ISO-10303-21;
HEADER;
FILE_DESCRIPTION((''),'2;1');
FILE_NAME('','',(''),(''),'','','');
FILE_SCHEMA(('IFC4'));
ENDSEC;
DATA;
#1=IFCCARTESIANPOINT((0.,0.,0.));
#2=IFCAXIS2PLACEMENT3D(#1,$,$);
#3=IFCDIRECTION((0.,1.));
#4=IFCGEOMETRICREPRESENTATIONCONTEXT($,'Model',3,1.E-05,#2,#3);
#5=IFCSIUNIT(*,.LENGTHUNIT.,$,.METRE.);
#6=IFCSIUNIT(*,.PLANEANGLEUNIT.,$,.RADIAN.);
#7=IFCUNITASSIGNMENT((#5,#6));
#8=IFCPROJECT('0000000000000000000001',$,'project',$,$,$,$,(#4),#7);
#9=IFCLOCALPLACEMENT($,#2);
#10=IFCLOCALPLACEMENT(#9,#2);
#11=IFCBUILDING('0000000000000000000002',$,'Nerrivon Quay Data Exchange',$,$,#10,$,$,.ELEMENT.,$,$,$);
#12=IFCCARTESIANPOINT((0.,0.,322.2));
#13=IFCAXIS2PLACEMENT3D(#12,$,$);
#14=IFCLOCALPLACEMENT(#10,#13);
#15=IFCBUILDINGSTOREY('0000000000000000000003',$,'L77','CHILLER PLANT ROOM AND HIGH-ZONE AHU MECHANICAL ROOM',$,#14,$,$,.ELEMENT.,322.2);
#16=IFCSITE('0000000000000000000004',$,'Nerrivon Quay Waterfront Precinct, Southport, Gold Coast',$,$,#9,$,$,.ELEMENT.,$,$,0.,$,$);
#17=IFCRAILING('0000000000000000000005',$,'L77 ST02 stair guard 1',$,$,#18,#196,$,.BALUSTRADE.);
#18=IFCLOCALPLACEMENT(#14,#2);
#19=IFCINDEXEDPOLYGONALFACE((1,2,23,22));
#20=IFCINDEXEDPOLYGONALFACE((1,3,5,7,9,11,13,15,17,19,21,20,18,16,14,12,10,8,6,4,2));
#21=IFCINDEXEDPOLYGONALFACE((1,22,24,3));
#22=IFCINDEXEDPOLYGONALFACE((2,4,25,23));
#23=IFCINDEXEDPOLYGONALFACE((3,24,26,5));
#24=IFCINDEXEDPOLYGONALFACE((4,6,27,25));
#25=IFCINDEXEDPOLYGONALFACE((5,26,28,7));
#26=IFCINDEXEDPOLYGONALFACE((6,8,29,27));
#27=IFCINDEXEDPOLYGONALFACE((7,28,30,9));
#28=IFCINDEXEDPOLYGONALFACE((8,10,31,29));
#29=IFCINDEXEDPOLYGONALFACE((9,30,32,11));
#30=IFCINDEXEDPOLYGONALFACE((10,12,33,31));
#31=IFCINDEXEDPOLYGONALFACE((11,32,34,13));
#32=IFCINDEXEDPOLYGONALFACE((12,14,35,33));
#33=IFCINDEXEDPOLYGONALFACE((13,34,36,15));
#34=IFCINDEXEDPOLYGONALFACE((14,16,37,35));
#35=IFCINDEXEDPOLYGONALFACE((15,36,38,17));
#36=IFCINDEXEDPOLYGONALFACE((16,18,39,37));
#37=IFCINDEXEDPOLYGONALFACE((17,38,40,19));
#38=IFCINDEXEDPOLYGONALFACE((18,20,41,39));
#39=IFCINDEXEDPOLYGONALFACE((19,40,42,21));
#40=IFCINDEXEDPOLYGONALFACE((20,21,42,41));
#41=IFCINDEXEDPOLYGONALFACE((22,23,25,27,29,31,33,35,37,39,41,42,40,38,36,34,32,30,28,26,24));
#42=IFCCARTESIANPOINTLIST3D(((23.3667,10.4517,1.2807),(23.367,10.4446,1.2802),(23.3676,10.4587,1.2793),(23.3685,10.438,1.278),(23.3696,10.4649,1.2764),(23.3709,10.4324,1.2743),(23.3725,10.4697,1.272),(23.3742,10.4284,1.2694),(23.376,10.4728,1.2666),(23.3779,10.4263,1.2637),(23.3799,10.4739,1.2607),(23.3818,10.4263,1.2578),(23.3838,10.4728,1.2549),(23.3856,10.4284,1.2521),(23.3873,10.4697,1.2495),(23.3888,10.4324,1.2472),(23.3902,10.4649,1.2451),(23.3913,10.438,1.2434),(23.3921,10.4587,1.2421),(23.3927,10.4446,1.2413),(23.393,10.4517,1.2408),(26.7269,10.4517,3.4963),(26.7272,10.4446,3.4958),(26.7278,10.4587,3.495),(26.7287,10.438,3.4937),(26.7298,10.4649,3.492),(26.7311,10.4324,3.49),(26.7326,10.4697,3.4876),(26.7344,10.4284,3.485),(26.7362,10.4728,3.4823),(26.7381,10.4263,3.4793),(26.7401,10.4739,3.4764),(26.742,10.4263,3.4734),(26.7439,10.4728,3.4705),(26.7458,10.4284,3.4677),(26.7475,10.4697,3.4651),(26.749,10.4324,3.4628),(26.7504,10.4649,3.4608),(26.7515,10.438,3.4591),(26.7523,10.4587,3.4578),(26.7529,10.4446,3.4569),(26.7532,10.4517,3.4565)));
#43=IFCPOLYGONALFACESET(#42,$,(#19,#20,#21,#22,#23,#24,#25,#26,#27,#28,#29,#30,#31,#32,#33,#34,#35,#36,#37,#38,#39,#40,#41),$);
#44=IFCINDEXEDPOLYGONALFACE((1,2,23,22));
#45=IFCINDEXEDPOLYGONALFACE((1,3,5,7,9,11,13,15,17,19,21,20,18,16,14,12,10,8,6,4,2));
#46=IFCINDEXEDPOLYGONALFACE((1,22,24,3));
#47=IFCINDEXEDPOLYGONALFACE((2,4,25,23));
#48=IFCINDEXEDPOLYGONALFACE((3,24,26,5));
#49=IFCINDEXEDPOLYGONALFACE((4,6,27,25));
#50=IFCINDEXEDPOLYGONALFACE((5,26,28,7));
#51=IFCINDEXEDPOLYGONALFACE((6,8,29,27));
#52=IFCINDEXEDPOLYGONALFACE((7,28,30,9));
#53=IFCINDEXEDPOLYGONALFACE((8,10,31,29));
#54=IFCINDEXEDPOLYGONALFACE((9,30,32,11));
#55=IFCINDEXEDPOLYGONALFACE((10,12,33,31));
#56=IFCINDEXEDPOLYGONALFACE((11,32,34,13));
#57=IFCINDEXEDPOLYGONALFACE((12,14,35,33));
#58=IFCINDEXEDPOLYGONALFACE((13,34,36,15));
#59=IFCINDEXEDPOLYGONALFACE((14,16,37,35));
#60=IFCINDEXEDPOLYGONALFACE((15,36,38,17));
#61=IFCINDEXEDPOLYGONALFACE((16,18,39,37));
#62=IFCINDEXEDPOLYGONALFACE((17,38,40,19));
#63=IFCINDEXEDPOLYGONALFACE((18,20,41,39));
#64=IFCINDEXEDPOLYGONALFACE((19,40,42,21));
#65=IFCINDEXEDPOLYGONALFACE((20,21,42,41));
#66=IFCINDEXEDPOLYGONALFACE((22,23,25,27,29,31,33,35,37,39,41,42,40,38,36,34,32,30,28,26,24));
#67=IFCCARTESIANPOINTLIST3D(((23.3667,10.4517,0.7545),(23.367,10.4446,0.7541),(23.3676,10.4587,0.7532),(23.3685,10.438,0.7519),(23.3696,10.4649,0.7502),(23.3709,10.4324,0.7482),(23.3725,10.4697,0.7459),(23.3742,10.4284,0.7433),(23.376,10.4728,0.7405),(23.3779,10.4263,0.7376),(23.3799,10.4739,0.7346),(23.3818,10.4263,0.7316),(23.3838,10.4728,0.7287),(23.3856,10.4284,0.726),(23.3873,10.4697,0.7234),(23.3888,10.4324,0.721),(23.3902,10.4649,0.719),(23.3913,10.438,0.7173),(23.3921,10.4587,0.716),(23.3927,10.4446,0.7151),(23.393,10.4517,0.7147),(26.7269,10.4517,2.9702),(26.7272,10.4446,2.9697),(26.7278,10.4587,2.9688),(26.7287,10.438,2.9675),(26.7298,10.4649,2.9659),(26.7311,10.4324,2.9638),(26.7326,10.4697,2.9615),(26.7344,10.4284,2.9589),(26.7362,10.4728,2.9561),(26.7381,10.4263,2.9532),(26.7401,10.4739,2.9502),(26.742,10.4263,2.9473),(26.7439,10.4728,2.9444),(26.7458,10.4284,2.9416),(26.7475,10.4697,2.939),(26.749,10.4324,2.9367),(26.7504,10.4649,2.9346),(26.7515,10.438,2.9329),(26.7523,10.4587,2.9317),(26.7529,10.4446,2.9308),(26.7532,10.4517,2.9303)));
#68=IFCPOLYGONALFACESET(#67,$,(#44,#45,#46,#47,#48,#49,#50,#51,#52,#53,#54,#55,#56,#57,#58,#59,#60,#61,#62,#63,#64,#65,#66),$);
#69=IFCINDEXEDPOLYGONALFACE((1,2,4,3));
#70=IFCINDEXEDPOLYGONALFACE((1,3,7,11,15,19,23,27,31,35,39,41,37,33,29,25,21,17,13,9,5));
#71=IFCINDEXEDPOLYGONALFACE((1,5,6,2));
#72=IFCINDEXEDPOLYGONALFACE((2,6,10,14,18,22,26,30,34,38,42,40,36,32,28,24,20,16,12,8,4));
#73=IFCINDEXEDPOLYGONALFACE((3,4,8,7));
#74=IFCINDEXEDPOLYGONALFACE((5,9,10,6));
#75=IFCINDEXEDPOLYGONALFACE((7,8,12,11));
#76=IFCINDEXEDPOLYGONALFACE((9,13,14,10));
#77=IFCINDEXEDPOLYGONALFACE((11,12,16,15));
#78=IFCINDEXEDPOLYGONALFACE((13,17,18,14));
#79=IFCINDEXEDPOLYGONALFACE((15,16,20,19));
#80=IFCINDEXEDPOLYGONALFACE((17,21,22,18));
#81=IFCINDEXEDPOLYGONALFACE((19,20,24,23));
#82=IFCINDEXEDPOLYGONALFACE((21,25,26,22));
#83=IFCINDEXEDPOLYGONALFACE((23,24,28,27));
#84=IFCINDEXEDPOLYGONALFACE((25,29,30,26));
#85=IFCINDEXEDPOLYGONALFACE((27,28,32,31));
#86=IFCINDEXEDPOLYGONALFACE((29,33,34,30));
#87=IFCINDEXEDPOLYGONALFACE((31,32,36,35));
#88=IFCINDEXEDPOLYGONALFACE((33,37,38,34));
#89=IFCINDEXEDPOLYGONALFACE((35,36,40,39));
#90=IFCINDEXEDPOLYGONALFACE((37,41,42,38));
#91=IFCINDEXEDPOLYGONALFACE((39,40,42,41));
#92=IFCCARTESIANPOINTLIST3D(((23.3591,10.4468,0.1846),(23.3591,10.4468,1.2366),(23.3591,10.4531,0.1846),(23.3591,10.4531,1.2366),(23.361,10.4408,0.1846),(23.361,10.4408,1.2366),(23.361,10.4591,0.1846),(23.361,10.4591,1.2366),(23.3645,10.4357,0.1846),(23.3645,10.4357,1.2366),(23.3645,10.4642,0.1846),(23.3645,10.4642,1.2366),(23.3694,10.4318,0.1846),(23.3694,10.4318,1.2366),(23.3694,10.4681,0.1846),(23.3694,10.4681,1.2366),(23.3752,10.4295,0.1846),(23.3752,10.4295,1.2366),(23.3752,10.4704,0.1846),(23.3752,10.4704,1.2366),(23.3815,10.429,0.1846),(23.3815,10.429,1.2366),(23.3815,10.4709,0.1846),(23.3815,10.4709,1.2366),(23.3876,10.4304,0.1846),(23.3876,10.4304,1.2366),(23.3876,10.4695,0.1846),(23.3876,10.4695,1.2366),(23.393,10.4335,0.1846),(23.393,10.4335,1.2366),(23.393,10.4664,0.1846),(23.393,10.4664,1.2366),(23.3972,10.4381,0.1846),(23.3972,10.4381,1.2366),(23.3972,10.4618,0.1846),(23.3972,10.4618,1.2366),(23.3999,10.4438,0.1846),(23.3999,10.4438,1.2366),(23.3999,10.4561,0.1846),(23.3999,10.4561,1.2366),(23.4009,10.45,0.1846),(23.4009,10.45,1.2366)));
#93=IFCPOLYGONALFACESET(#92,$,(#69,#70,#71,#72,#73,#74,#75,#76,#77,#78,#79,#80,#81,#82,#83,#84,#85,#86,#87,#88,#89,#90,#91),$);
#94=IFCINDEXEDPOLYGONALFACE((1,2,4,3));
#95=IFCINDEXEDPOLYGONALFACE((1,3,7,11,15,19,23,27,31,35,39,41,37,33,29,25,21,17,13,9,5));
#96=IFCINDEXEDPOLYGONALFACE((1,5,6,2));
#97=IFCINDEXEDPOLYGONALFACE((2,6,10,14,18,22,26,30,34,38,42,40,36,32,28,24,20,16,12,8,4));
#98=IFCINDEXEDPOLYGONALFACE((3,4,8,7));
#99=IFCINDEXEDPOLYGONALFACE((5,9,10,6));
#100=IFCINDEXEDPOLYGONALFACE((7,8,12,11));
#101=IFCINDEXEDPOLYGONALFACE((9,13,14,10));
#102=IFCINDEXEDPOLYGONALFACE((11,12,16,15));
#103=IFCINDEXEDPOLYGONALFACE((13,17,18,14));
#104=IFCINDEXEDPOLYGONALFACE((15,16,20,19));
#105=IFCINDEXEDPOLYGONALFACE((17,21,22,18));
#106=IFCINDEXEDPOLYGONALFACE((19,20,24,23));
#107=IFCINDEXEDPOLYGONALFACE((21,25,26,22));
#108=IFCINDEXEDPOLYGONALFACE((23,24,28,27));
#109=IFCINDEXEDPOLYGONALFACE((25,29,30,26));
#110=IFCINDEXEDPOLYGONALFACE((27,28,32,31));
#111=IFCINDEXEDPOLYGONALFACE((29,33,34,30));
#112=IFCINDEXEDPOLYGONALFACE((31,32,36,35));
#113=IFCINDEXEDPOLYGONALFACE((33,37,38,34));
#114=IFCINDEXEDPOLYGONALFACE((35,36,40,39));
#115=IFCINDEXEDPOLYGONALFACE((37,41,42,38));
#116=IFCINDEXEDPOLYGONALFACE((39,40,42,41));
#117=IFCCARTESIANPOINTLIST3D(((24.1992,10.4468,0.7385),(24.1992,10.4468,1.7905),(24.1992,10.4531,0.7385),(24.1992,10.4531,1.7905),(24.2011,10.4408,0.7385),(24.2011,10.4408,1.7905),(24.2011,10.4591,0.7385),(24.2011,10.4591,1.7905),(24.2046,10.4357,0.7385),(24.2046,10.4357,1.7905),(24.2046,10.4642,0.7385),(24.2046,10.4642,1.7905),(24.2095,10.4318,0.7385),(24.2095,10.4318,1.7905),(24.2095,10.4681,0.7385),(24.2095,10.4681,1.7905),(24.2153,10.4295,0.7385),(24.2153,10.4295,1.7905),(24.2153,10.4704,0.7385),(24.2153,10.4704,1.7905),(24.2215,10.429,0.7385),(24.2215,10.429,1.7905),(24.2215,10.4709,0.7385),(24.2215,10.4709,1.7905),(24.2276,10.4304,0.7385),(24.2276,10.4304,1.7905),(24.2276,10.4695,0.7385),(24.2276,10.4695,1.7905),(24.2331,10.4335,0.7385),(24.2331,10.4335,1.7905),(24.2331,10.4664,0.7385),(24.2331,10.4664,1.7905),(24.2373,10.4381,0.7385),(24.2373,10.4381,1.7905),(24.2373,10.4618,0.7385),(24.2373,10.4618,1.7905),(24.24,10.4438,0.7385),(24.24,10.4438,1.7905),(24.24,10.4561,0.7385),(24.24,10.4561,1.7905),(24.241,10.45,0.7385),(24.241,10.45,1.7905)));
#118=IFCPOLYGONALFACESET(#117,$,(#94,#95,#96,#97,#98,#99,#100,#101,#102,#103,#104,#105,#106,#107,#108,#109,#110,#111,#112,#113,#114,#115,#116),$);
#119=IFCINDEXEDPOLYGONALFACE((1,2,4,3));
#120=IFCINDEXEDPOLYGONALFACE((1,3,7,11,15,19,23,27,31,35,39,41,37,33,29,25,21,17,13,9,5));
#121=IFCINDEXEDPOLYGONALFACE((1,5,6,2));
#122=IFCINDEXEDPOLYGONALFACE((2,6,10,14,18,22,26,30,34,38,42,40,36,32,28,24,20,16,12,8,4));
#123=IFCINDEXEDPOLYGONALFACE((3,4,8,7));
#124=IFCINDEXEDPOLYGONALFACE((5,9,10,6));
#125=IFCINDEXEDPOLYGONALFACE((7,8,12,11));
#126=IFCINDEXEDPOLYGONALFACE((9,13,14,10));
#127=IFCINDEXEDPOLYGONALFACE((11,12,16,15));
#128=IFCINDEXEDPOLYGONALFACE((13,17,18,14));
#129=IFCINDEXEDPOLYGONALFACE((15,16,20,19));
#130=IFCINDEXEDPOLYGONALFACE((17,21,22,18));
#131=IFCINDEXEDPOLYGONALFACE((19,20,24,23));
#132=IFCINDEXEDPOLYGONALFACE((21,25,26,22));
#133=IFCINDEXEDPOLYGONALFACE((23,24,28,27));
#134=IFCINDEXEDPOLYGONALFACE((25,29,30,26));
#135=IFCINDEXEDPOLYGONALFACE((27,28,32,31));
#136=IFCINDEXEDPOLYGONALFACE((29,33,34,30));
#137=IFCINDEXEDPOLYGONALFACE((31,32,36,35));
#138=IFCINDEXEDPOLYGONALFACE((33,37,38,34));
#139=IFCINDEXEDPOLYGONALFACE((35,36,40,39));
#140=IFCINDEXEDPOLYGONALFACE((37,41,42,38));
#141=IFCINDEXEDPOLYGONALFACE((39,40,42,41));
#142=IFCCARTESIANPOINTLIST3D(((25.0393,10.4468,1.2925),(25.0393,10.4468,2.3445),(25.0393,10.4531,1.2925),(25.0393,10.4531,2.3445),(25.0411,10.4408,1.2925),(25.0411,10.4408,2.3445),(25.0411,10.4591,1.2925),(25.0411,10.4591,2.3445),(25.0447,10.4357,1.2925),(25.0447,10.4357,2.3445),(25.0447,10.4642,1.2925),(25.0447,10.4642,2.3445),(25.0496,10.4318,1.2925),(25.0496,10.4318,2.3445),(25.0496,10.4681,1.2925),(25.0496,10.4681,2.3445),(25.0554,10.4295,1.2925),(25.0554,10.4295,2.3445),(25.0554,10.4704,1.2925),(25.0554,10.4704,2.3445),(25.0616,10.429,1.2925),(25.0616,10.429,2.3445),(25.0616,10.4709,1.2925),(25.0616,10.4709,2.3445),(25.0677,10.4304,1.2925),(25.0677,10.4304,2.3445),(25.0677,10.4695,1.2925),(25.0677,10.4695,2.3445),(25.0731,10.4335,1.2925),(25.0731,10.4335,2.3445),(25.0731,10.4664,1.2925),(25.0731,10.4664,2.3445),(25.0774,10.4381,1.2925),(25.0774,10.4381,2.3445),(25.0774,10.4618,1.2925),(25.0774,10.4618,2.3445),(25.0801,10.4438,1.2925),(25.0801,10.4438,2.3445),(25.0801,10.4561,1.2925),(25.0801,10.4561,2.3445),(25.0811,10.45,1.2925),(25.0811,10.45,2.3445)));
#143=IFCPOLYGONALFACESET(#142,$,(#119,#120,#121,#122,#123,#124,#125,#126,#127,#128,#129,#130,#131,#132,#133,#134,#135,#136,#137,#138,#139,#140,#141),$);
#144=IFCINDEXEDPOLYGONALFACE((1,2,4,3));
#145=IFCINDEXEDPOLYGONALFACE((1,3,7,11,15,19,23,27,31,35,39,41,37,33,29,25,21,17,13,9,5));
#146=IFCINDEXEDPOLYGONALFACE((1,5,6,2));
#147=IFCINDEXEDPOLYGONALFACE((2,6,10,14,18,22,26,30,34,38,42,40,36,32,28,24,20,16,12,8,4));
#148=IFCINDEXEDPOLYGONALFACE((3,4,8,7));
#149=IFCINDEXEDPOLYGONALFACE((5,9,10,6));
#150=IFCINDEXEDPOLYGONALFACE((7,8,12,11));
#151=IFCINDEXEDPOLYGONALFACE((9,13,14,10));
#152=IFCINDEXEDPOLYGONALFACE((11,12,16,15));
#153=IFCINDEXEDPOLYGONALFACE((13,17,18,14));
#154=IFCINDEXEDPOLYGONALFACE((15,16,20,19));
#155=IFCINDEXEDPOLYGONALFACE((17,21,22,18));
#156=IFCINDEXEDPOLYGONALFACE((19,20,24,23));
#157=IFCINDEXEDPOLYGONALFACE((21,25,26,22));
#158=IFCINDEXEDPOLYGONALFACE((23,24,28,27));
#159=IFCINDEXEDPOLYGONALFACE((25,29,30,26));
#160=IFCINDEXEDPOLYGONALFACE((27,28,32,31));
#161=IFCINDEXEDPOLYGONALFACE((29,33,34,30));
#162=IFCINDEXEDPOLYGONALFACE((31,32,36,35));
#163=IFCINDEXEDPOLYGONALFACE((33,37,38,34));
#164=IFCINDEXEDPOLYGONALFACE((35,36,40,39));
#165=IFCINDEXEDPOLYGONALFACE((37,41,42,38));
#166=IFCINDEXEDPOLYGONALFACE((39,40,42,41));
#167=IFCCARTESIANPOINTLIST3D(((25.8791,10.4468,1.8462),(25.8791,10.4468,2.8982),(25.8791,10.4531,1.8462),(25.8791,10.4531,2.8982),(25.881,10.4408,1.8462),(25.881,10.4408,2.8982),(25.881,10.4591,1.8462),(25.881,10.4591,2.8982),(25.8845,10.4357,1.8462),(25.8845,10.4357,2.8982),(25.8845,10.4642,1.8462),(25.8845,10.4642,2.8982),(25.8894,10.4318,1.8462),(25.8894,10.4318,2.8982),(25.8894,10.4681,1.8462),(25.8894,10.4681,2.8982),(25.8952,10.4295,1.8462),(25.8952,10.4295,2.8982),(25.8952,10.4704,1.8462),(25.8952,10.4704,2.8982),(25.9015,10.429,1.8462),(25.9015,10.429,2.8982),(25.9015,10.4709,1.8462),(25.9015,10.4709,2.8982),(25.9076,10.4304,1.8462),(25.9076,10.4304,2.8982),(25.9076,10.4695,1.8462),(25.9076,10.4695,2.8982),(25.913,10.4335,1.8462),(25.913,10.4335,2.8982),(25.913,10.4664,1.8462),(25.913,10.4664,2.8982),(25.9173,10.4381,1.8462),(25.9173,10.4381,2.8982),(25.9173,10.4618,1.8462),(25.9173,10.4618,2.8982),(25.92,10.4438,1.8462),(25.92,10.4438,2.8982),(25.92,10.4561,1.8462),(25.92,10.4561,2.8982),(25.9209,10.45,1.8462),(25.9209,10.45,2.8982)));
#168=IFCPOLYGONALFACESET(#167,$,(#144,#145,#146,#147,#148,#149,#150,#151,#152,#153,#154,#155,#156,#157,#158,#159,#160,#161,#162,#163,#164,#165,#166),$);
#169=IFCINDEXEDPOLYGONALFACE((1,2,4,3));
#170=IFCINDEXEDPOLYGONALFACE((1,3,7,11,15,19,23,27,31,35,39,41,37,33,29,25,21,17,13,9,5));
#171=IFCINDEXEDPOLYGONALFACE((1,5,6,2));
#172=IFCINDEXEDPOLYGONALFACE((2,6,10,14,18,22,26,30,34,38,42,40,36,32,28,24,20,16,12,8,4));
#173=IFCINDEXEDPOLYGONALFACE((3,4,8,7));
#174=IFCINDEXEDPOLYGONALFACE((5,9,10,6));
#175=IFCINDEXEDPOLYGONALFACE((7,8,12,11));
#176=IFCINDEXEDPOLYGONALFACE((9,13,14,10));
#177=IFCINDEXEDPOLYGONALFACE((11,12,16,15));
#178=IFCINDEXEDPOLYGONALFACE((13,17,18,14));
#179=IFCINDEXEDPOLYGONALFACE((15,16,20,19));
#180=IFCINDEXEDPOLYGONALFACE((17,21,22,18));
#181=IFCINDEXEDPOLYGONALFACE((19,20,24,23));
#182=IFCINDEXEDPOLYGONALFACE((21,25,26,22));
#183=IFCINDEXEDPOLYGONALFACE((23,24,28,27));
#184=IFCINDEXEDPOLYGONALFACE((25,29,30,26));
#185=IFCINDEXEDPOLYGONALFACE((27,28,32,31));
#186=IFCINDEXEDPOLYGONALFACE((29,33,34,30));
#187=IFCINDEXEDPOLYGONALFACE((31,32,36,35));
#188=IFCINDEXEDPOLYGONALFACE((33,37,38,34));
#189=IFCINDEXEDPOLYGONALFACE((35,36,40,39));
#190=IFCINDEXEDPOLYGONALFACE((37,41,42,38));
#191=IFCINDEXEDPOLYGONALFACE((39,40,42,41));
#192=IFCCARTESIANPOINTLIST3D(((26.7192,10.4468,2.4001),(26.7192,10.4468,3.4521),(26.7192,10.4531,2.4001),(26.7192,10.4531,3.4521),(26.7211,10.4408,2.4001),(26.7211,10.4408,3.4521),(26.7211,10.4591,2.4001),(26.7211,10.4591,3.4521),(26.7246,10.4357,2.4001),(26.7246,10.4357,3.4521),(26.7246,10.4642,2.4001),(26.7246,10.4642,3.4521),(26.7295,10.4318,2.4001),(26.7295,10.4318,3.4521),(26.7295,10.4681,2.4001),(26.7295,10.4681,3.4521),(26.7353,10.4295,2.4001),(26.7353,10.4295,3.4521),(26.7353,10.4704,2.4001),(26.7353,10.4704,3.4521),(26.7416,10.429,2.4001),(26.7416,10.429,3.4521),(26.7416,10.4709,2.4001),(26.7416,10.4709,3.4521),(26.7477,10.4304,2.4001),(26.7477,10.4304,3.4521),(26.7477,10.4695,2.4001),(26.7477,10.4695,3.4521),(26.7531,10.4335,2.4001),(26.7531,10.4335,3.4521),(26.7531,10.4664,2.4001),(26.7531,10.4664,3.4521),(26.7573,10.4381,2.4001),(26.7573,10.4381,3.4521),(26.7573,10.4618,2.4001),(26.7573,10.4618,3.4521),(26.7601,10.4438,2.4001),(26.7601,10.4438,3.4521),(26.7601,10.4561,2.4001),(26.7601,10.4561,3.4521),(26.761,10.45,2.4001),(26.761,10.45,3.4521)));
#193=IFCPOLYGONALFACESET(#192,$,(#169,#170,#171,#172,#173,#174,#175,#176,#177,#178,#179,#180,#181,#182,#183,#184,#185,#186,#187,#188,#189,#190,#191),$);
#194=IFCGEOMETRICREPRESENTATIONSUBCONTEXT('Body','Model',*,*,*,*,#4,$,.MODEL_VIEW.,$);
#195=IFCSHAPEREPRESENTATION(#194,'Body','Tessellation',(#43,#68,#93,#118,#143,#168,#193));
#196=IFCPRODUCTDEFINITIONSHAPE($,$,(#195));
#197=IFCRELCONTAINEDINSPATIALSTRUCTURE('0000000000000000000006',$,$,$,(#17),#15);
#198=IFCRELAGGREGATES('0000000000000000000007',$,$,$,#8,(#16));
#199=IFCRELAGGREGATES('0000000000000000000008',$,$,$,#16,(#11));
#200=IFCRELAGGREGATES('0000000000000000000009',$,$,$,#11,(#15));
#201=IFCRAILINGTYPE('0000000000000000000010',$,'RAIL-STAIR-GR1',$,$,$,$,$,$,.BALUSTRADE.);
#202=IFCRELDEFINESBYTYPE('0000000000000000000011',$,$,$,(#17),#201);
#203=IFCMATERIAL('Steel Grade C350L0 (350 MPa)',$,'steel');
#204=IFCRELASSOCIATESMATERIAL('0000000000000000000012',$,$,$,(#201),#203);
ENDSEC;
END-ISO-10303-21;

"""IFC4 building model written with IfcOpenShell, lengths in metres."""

from ifc_helpers import new_model, si_unit, direction, frame, origin, origin_2d, place, context, subcontext, project, spatial, circle, extrude, material, type_object, element, save


model = new_model("IFC4")

# Units and contexts
model_context = context("Model", 3, precision=1e-05, world=origin(), true_north=direction((0.0, 1.0)))
body_context = subcontext(model_context, "Body", "Model", "MODEL_VIEW")
ifc_project = project(units=[si_unit("LENGTHUNIT", "METRE"), si_unit("PLANEANGLEUNIT", "RADIAN")], contexts=[model_context])

# Site, building, storey
site_placement = place(None, origin())
site = spatial("IfcSite", under=ifc_project, at=site_placement, Name="Nerrivon Quay Waterfront Precinct, Southport, Gold Coast", CompositionType="ELEMENT", RefElevation=0.0)
building_placement = place(site_placement, origin())
building = spatial("IfcBuilding", under=site, at=building_placement, Name="Nerrivon Quay Data Exchange", CompositionType="ELEMENT")
storey_placement = place(building_placement, frame((0.0, 0.0, 322.2)))
storey = spatial("IfcBuildingStorey", under=building, at=storey_placement, Name="L77", Description="CHILLER PLANT ROOM AND HIGH-ZONE AHU MECHANICAL ROOM", CompositionType="ELEMENT", Elevation=322.2)

# Railing
ifc_material_1 = material(Name="Steel Grade C350L0 (350 MPa)", Category="steel")
railing_type_1 = type_object("IfcRailingType", Name="RAIL-STAIR-GR1", PredefinedType="BALUSTRADE", material=ifc_material_1)
railing_1_placement = place(storey_placement, frame((23.3799, 10.45, 0.1846)))
element("IfcRailing", 1, at=railing_1_placement, inside=storey, type_object=railing_type_1, Name="L77 ST02 stair guard 1", PredefinedType="BALUSTRADE", context=body_context, shape_type="SweptSolid", body=[
    extrude(circle(Radius=0.0239, at=origin_2d()), frame((0.0, 0.0, 1.0762), z_axis=(0.834849, 0.0, 0.55048), x_axis=(0.0, 1.0, 0.0)), (0.0, 0.0, 1.0), 4.0249),
    extrude(circle(Radius=0.0239, at=origin_2d()), frame((0.0, 0.0, 0.55), z_axis=(0.834849, 0.0, 0.55048), x_axis=(0.0, 1.0, 0.0)), (0.0, 0.0, 1.0), 4.0249),
    extrude(circle(Radius=0.021, at=origin_2d()), origin(), (0.0, 0.0, 1.0), 1.052),
    extrude(circle(Radius=0.021, at=origin_2d()), frame((0.8401, 0.0, 0.554)), (0.0, 0.0, 1.0), 1.052),
    extrude(circle(Radius=0.021, at=origin_2d()), frame((1.6802, 0.0, 1.1079)), (0.0, 0.0, 1.0), 1.052),
    extrude(circle(Radius=0.021, at=origin_2d()), frame((2.52, 0.0, 1.6616)), (0.0, 0.0, 1.0), 1.052),
    extrude(circle(Radius=0.021, at=origin_2d()), frame((3.3601, 0.0, 2.2156)), (0.0, 0.0, 1.0), 1.052),
])

save(model, "model.ifc")
